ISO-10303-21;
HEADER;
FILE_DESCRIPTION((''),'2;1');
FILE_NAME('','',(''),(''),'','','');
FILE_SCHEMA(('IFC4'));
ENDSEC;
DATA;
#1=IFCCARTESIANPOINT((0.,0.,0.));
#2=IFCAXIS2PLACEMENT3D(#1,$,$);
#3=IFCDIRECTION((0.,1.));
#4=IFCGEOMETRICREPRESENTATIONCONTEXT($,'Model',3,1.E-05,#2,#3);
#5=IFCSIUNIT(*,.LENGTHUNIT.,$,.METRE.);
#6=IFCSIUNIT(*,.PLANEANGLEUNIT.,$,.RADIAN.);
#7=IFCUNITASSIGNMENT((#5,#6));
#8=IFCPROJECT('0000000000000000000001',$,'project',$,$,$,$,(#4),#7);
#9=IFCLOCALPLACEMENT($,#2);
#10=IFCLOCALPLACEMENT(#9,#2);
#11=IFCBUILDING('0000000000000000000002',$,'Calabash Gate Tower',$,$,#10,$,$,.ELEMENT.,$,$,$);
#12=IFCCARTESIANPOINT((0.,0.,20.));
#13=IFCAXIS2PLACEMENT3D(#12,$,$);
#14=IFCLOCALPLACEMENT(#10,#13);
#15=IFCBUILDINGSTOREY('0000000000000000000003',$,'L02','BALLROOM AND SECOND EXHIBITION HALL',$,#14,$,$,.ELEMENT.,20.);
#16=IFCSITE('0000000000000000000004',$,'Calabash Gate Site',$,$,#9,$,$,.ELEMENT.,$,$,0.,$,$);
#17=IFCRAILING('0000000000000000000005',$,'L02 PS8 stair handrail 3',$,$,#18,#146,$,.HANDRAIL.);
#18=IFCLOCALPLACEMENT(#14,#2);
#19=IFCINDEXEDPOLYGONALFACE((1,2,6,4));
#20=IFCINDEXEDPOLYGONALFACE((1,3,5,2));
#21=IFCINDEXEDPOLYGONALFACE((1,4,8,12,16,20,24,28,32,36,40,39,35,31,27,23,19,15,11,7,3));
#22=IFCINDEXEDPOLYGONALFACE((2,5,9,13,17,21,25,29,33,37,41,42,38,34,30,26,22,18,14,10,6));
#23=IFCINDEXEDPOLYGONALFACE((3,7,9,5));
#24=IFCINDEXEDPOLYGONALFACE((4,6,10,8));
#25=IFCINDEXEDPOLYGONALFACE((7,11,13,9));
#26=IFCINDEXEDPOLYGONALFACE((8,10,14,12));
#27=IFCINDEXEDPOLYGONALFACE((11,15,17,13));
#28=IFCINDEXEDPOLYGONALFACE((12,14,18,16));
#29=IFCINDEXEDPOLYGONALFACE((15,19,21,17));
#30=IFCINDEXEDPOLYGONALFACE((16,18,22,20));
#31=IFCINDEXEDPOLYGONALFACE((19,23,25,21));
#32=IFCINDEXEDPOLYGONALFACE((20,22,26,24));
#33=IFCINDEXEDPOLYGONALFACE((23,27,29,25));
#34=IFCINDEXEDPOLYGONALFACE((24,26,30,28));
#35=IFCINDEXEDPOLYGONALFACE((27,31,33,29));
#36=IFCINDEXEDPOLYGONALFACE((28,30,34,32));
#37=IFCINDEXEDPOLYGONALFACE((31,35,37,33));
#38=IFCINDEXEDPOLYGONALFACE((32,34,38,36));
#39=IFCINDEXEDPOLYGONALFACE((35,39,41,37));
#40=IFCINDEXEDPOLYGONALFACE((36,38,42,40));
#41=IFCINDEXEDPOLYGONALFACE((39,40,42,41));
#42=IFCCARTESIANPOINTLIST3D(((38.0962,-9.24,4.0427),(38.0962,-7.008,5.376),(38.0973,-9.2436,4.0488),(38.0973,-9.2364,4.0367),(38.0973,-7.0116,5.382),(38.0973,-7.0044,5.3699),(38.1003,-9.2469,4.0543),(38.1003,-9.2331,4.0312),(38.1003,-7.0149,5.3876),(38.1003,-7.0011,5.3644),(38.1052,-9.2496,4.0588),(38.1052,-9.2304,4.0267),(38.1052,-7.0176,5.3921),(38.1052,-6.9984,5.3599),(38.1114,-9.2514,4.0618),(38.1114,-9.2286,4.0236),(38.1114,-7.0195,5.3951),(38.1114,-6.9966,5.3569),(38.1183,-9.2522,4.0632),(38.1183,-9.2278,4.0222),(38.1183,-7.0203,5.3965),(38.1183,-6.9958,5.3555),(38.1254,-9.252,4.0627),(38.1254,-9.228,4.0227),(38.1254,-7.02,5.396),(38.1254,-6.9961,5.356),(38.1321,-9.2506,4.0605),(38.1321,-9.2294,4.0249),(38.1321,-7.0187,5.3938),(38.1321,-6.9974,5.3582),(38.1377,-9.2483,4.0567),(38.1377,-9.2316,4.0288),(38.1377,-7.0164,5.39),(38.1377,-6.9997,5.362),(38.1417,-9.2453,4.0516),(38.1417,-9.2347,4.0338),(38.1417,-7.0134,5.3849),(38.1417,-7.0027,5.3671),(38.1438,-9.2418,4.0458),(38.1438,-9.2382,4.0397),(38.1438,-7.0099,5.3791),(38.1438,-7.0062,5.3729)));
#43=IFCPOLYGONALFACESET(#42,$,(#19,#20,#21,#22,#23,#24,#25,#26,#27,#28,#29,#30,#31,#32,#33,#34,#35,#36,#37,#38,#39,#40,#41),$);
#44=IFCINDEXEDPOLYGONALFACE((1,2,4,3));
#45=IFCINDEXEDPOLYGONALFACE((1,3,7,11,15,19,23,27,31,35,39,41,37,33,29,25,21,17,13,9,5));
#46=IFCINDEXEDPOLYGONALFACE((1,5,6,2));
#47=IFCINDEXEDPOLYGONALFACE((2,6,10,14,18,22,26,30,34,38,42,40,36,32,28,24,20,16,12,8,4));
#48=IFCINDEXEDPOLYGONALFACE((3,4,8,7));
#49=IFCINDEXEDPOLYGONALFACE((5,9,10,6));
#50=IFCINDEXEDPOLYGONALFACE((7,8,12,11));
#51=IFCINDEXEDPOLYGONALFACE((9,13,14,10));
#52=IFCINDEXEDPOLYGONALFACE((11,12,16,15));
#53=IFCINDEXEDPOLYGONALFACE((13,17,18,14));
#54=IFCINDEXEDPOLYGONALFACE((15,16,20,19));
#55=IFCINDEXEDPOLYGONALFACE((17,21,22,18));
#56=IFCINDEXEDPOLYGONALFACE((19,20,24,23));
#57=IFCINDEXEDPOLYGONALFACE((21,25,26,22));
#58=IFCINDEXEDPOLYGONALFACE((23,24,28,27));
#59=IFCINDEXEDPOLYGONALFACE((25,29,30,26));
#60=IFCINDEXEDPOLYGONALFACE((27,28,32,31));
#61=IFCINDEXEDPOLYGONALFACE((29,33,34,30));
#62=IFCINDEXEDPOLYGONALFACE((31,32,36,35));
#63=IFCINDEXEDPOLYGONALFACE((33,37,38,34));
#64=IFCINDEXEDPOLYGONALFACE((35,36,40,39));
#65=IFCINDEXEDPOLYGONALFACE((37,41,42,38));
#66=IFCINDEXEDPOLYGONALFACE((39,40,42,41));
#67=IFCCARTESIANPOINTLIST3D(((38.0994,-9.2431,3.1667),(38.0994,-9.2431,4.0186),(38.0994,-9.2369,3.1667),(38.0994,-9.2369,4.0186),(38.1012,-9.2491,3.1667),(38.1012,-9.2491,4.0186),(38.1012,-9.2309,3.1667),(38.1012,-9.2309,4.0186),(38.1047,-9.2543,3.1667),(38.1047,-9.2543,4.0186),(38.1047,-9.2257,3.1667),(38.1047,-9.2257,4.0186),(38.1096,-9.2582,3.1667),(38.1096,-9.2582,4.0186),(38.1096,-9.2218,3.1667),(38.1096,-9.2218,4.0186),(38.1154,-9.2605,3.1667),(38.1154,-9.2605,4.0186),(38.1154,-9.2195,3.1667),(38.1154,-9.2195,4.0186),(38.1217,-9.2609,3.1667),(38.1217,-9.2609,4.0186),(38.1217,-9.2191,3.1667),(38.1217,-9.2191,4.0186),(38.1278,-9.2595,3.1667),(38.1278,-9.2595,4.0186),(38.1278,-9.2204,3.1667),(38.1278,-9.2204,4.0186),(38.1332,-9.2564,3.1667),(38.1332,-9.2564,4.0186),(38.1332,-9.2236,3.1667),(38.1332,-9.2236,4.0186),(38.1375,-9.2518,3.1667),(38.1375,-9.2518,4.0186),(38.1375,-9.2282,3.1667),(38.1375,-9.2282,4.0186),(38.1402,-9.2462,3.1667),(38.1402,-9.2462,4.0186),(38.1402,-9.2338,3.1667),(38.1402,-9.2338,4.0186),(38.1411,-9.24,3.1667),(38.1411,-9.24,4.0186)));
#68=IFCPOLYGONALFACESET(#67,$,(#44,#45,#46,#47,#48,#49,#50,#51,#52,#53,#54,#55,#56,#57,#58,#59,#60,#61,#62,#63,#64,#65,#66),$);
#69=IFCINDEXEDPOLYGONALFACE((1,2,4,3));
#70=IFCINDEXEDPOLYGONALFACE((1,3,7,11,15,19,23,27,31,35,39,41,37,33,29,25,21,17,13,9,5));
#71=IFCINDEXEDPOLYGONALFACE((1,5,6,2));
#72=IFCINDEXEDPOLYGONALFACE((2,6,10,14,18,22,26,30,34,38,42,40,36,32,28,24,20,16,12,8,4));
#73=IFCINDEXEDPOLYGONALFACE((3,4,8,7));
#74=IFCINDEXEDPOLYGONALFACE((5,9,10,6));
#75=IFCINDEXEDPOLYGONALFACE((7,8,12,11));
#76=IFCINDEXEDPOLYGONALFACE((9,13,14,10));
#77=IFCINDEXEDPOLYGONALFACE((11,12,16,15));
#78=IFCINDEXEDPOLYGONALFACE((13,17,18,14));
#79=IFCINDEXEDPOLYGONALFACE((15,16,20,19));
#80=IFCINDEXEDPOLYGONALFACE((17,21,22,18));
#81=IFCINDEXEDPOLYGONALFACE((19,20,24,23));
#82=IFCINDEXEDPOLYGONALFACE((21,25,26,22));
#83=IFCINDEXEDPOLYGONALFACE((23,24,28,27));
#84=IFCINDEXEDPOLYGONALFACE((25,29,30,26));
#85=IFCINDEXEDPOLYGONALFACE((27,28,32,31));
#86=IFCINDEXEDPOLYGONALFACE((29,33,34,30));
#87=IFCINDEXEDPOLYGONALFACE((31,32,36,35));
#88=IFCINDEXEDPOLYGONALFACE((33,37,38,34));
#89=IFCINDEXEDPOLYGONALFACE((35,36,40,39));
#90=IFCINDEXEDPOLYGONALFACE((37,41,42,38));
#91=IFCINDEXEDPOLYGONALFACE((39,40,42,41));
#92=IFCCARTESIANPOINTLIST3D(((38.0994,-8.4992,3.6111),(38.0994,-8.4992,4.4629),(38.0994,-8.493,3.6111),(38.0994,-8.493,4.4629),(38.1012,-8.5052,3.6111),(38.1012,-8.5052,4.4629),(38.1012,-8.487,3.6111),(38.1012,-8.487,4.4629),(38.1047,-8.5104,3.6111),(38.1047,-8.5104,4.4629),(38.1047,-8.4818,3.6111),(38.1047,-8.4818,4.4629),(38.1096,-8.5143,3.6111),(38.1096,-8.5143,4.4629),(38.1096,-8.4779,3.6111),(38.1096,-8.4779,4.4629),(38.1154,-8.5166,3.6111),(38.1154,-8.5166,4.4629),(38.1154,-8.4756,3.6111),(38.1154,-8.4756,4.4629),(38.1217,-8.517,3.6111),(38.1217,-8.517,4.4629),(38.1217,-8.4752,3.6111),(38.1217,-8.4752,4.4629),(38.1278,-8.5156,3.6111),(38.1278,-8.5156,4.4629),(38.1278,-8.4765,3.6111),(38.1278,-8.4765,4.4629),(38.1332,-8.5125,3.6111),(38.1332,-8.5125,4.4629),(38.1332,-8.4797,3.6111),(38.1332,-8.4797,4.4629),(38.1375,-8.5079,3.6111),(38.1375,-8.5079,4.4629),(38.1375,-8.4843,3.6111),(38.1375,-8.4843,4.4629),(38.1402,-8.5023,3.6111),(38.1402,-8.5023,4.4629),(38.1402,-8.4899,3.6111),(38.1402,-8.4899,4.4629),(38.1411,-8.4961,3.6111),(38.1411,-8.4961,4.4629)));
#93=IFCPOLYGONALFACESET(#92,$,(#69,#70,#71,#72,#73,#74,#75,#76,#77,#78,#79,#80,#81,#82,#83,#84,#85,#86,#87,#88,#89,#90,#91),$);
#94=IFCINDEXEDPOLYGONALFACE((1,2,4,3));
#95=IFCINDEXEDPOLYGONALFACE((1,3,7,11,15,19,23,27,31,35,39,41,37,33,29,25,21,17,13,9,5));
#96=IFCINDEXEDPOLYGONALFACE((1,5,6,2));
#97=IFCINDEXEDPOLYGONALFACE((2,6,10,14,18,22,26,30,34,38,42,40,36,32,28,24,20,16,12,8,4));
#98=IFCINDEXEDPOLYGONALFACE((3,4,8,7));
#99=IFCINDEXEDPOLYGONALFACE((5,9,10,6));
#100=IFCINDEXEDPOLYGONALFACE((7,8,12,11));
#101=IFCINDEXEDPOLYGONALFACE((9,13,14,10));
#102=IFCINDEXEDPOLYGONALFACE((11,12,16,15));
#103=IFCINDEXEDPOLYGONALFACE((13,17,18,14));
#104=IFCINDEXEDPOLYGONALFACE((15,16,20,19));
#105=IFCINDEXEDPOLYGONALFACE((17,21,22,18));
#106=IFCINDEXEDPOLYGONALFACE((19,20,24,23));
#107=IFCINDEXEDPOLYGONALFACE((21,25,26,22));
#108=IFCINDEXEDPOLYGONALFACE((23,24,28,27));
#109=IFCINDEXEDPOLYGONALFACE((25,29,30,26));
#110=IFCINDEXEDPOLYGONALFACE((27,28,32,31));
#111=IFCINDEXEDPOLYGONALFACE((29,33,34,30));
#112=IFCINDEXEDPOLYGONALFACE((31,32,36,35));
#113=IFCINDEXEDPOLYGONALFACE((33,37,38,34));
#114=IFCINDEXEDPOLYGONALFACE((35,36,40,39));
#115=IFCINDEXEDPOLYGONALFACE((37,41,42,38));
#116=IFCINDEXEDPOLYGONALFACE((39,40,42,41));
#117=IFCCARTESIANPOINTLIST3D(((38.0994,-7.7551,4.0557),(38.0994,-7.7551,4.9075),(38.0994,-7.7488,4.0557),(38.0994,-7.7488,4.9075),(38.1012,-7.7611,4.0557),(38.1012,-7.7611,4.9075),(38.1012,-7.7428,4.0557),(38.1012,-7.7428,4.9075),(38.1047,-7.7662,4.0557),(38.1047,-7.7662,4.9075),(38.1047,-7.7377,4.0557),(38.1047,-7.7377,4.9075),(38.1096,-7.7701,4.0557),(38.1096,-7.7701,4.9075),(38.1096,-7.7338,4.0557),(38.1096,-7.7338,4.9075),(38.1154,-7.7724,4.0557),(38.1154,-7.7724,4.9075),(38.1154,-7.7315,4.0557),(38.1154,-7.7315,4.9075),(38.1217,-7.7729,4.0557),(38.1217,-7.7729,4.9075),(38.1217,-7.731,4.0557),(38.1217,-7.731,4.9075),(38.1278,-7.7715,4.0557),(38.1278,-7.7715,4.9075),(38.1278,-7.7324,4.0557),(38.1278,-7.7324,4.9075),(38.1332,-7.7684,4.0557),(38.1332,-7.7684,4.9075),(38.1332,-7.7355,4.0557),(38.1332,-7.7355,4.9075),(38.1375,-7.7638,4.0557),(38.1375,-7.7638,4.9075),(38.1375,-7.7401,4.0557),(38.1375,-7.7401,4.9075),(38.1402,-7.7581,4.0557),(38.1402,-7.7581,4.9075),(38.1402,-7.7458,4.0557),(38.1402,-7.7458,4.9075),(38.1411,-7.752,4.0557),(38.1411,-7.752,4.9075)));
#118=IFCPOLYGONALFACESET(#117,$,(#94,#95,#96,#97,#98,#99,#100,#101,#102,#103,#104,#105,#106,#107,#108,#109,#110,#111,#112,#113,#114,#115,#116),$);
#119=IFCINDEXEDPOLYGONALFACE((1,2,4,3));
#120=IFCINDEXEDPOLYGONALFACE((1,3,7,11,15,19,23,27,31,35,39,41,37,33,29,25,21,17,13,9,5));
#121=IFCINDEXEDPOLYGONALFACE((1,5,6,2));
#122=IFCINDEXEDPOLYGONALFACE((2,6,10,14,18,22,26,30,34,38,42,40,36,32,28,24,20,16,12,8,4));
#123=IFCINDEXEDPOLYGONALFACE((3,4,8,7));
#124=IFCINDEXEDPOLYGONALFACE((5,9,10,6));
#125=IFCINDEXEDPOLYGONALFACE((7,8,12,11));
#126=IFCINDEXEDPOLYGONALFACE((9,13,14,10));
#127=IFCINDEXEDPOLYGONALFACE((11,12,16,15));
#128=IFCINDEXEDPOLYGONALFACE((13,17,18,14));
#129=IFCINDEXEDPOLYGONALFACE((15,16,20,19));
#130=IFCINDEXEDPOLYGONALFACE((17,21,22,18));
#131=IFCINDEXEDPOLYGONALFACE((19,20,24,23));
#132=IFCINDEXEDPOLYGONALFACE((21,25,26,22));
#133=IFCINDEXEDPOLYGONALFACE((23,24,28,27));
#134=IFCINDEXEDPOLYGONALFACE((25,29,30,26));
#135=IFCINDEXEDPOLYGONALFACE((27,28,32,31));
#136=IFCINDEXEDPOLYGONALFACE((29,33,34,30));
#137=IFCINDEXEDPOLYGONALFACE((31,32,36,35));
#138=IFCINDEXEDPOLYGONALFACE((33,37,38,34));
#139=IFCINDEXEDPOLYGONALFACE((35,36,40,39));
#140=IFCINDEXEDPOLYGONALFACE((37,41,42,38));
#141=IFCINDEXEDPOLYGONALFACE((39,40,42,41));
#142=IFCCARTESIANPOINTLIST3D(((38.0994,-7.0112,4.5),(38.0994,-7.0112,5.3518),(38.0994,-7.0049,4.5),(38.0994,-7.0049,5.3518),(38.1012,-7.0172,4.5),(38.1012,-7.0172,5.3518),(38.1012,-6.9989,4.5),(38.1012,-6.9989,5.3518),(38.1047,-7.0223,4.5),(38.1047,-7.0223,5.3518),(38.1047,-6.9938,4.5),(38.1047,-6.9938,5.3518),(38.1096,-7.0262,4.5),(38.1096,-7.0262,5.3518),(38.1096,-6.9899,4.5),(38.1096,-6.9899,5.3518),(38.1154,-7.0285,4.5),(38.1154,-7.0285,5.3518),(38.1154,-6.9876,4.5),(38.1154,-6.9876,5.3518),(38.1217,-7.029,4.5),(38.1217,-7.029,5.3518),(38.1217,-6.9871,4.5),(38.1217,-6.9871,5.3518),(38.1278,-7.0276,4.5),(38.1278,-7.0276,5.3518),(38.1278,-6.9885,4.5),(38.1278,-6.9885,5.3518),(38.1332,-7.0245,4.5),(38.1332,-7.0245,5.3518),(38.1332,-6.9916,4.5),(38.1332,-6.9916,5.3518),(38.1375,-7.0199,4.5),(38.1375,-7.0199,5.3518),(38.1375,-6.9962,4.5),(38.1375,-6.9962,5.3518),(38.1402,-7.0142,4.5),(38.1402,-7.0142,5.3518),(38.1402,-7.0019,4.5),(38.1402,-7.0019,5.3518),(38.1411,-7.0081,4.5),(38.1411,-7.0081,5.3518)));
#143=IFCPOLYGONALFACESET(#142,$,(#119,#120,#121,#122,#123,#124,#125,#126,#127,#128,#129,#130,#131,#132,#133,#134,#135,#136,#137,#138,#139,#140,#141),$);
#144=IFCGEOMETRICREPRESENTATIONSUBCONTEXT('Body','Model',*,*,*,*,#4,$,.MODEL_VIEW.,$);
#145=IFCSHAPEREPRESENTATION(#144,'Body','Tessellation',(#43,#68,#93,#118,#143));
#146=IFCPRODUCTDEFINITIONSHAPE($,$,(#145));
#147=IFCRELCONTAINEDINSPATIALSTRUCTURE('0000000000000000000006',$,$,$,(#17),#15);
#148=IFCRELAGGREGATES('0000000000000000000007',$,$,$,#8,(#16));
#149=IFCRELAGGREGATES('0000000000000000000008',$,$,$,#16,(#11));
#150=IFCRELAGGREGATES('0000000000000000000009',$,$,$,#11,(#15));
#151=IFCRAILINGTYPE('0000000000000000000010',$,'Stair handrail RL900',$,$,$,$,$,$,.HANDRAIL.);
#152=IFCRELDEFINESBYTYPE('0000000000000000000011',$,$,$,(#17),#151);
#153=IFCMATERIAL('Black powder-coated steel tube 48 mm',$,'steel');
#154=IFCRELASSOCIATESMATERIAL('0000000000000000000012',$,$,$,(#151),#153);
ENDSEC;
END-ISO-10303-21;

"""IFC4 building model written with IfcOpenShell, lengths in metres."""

from ifc_helpers import new_model, si_unit, direction, frame, origin, origin_2d, place, context, subcontext, project, spatial, circle, extrude, material, type_object, element, save


model = new_model("IFC4")

# Units and contexts
model_context = context("Model", 3, precision=1e-05, world=origin(), true_north=direction((0.0, 1.0)))
body_context = subcontext(model_context, "Body", "Model", "MODEL_VIEW")
ifc_project = project(units=[si_unit("LENGTHUNIT", "METRE"), si_unit("PLANEANGLEUNIT", "RADIAN")], contexts=[model_context])

# Site, building, storey
site_placement = place(None, origin())
site = spatial("IfcSite", under=ifc_project, at=site_placement, Name="Calabash Gate Site", CompositionType="ELEMENT", RefElevation=0.0)
building_placement = place(site_placement, origin())
building = spatial("IfcBuilding", under=site, at=building_placement, Name="Calabash Gate Tower", CompositionType="ELEMENT")
storey_placement = place(building_placement, frame((0.0, 0.0, 20.0)))
storey = spatial("IfcBuildingStorey", under=building, at=storey_placement, Name="L02", Description="BALLROOM AND SECOND EXHIBITION HALL", CompositionType="ELEMENT", Elevation=20.0)

# Railing
ifc_material_1 = material(Name="Black powder-coated steel tube 48 mm", Category="steel")
railing_type_1 = type_object("IfcRailingType", Name="Stair handrail RL900", PredefinedType="HANDRAIL", material=ifc_material_1)
for number, where, name in (
    (1, (38.1201, -9.24, 3.1667), "L02 PS8 stair handrail 3"),
):
    element("IfcRailing", number, at=place(storey_placement, frame(where)), inside=storey, type_object=railing_type_1, Name=name, PredefinedType="HANDRAIL", context=body_context, shape_type="SweptSolid", body=[
        extrude(circle(Radius=0.0239, at=origin_2d()), frame((0.0, 0.0, 0.876), z_axis=(0.0, 0.858494, 0.512824), x_axis=(-1.0, 0.0, 0.0)), (0.0, 0.0, 1.0), 2.5999),
        extrude(circle(Radius=0.021, at=origin_2d()), origin(), (0.0, 0.0, 1.0), 0.8518),
        extrude(circle(Radius=0.021, at=origin_2d()), frame((0.0, 0.7439, 0.4443)), (0.0, 0.0, 1.0), 0.8518),
        extrude(circle(Radius=0.021, at=origin_2d()), frame((0.0, 1.488, 0.8889)), (0.0, 0.0, 1.0), 0.8518),
        extrude(circle(Radius=0.021, at=origin_2d()), frame((0.0, 2.2319, 1.3333)), (0.0, 0.0, 1.0), 0.8518),
    ])

save(model, "model.ifc")
